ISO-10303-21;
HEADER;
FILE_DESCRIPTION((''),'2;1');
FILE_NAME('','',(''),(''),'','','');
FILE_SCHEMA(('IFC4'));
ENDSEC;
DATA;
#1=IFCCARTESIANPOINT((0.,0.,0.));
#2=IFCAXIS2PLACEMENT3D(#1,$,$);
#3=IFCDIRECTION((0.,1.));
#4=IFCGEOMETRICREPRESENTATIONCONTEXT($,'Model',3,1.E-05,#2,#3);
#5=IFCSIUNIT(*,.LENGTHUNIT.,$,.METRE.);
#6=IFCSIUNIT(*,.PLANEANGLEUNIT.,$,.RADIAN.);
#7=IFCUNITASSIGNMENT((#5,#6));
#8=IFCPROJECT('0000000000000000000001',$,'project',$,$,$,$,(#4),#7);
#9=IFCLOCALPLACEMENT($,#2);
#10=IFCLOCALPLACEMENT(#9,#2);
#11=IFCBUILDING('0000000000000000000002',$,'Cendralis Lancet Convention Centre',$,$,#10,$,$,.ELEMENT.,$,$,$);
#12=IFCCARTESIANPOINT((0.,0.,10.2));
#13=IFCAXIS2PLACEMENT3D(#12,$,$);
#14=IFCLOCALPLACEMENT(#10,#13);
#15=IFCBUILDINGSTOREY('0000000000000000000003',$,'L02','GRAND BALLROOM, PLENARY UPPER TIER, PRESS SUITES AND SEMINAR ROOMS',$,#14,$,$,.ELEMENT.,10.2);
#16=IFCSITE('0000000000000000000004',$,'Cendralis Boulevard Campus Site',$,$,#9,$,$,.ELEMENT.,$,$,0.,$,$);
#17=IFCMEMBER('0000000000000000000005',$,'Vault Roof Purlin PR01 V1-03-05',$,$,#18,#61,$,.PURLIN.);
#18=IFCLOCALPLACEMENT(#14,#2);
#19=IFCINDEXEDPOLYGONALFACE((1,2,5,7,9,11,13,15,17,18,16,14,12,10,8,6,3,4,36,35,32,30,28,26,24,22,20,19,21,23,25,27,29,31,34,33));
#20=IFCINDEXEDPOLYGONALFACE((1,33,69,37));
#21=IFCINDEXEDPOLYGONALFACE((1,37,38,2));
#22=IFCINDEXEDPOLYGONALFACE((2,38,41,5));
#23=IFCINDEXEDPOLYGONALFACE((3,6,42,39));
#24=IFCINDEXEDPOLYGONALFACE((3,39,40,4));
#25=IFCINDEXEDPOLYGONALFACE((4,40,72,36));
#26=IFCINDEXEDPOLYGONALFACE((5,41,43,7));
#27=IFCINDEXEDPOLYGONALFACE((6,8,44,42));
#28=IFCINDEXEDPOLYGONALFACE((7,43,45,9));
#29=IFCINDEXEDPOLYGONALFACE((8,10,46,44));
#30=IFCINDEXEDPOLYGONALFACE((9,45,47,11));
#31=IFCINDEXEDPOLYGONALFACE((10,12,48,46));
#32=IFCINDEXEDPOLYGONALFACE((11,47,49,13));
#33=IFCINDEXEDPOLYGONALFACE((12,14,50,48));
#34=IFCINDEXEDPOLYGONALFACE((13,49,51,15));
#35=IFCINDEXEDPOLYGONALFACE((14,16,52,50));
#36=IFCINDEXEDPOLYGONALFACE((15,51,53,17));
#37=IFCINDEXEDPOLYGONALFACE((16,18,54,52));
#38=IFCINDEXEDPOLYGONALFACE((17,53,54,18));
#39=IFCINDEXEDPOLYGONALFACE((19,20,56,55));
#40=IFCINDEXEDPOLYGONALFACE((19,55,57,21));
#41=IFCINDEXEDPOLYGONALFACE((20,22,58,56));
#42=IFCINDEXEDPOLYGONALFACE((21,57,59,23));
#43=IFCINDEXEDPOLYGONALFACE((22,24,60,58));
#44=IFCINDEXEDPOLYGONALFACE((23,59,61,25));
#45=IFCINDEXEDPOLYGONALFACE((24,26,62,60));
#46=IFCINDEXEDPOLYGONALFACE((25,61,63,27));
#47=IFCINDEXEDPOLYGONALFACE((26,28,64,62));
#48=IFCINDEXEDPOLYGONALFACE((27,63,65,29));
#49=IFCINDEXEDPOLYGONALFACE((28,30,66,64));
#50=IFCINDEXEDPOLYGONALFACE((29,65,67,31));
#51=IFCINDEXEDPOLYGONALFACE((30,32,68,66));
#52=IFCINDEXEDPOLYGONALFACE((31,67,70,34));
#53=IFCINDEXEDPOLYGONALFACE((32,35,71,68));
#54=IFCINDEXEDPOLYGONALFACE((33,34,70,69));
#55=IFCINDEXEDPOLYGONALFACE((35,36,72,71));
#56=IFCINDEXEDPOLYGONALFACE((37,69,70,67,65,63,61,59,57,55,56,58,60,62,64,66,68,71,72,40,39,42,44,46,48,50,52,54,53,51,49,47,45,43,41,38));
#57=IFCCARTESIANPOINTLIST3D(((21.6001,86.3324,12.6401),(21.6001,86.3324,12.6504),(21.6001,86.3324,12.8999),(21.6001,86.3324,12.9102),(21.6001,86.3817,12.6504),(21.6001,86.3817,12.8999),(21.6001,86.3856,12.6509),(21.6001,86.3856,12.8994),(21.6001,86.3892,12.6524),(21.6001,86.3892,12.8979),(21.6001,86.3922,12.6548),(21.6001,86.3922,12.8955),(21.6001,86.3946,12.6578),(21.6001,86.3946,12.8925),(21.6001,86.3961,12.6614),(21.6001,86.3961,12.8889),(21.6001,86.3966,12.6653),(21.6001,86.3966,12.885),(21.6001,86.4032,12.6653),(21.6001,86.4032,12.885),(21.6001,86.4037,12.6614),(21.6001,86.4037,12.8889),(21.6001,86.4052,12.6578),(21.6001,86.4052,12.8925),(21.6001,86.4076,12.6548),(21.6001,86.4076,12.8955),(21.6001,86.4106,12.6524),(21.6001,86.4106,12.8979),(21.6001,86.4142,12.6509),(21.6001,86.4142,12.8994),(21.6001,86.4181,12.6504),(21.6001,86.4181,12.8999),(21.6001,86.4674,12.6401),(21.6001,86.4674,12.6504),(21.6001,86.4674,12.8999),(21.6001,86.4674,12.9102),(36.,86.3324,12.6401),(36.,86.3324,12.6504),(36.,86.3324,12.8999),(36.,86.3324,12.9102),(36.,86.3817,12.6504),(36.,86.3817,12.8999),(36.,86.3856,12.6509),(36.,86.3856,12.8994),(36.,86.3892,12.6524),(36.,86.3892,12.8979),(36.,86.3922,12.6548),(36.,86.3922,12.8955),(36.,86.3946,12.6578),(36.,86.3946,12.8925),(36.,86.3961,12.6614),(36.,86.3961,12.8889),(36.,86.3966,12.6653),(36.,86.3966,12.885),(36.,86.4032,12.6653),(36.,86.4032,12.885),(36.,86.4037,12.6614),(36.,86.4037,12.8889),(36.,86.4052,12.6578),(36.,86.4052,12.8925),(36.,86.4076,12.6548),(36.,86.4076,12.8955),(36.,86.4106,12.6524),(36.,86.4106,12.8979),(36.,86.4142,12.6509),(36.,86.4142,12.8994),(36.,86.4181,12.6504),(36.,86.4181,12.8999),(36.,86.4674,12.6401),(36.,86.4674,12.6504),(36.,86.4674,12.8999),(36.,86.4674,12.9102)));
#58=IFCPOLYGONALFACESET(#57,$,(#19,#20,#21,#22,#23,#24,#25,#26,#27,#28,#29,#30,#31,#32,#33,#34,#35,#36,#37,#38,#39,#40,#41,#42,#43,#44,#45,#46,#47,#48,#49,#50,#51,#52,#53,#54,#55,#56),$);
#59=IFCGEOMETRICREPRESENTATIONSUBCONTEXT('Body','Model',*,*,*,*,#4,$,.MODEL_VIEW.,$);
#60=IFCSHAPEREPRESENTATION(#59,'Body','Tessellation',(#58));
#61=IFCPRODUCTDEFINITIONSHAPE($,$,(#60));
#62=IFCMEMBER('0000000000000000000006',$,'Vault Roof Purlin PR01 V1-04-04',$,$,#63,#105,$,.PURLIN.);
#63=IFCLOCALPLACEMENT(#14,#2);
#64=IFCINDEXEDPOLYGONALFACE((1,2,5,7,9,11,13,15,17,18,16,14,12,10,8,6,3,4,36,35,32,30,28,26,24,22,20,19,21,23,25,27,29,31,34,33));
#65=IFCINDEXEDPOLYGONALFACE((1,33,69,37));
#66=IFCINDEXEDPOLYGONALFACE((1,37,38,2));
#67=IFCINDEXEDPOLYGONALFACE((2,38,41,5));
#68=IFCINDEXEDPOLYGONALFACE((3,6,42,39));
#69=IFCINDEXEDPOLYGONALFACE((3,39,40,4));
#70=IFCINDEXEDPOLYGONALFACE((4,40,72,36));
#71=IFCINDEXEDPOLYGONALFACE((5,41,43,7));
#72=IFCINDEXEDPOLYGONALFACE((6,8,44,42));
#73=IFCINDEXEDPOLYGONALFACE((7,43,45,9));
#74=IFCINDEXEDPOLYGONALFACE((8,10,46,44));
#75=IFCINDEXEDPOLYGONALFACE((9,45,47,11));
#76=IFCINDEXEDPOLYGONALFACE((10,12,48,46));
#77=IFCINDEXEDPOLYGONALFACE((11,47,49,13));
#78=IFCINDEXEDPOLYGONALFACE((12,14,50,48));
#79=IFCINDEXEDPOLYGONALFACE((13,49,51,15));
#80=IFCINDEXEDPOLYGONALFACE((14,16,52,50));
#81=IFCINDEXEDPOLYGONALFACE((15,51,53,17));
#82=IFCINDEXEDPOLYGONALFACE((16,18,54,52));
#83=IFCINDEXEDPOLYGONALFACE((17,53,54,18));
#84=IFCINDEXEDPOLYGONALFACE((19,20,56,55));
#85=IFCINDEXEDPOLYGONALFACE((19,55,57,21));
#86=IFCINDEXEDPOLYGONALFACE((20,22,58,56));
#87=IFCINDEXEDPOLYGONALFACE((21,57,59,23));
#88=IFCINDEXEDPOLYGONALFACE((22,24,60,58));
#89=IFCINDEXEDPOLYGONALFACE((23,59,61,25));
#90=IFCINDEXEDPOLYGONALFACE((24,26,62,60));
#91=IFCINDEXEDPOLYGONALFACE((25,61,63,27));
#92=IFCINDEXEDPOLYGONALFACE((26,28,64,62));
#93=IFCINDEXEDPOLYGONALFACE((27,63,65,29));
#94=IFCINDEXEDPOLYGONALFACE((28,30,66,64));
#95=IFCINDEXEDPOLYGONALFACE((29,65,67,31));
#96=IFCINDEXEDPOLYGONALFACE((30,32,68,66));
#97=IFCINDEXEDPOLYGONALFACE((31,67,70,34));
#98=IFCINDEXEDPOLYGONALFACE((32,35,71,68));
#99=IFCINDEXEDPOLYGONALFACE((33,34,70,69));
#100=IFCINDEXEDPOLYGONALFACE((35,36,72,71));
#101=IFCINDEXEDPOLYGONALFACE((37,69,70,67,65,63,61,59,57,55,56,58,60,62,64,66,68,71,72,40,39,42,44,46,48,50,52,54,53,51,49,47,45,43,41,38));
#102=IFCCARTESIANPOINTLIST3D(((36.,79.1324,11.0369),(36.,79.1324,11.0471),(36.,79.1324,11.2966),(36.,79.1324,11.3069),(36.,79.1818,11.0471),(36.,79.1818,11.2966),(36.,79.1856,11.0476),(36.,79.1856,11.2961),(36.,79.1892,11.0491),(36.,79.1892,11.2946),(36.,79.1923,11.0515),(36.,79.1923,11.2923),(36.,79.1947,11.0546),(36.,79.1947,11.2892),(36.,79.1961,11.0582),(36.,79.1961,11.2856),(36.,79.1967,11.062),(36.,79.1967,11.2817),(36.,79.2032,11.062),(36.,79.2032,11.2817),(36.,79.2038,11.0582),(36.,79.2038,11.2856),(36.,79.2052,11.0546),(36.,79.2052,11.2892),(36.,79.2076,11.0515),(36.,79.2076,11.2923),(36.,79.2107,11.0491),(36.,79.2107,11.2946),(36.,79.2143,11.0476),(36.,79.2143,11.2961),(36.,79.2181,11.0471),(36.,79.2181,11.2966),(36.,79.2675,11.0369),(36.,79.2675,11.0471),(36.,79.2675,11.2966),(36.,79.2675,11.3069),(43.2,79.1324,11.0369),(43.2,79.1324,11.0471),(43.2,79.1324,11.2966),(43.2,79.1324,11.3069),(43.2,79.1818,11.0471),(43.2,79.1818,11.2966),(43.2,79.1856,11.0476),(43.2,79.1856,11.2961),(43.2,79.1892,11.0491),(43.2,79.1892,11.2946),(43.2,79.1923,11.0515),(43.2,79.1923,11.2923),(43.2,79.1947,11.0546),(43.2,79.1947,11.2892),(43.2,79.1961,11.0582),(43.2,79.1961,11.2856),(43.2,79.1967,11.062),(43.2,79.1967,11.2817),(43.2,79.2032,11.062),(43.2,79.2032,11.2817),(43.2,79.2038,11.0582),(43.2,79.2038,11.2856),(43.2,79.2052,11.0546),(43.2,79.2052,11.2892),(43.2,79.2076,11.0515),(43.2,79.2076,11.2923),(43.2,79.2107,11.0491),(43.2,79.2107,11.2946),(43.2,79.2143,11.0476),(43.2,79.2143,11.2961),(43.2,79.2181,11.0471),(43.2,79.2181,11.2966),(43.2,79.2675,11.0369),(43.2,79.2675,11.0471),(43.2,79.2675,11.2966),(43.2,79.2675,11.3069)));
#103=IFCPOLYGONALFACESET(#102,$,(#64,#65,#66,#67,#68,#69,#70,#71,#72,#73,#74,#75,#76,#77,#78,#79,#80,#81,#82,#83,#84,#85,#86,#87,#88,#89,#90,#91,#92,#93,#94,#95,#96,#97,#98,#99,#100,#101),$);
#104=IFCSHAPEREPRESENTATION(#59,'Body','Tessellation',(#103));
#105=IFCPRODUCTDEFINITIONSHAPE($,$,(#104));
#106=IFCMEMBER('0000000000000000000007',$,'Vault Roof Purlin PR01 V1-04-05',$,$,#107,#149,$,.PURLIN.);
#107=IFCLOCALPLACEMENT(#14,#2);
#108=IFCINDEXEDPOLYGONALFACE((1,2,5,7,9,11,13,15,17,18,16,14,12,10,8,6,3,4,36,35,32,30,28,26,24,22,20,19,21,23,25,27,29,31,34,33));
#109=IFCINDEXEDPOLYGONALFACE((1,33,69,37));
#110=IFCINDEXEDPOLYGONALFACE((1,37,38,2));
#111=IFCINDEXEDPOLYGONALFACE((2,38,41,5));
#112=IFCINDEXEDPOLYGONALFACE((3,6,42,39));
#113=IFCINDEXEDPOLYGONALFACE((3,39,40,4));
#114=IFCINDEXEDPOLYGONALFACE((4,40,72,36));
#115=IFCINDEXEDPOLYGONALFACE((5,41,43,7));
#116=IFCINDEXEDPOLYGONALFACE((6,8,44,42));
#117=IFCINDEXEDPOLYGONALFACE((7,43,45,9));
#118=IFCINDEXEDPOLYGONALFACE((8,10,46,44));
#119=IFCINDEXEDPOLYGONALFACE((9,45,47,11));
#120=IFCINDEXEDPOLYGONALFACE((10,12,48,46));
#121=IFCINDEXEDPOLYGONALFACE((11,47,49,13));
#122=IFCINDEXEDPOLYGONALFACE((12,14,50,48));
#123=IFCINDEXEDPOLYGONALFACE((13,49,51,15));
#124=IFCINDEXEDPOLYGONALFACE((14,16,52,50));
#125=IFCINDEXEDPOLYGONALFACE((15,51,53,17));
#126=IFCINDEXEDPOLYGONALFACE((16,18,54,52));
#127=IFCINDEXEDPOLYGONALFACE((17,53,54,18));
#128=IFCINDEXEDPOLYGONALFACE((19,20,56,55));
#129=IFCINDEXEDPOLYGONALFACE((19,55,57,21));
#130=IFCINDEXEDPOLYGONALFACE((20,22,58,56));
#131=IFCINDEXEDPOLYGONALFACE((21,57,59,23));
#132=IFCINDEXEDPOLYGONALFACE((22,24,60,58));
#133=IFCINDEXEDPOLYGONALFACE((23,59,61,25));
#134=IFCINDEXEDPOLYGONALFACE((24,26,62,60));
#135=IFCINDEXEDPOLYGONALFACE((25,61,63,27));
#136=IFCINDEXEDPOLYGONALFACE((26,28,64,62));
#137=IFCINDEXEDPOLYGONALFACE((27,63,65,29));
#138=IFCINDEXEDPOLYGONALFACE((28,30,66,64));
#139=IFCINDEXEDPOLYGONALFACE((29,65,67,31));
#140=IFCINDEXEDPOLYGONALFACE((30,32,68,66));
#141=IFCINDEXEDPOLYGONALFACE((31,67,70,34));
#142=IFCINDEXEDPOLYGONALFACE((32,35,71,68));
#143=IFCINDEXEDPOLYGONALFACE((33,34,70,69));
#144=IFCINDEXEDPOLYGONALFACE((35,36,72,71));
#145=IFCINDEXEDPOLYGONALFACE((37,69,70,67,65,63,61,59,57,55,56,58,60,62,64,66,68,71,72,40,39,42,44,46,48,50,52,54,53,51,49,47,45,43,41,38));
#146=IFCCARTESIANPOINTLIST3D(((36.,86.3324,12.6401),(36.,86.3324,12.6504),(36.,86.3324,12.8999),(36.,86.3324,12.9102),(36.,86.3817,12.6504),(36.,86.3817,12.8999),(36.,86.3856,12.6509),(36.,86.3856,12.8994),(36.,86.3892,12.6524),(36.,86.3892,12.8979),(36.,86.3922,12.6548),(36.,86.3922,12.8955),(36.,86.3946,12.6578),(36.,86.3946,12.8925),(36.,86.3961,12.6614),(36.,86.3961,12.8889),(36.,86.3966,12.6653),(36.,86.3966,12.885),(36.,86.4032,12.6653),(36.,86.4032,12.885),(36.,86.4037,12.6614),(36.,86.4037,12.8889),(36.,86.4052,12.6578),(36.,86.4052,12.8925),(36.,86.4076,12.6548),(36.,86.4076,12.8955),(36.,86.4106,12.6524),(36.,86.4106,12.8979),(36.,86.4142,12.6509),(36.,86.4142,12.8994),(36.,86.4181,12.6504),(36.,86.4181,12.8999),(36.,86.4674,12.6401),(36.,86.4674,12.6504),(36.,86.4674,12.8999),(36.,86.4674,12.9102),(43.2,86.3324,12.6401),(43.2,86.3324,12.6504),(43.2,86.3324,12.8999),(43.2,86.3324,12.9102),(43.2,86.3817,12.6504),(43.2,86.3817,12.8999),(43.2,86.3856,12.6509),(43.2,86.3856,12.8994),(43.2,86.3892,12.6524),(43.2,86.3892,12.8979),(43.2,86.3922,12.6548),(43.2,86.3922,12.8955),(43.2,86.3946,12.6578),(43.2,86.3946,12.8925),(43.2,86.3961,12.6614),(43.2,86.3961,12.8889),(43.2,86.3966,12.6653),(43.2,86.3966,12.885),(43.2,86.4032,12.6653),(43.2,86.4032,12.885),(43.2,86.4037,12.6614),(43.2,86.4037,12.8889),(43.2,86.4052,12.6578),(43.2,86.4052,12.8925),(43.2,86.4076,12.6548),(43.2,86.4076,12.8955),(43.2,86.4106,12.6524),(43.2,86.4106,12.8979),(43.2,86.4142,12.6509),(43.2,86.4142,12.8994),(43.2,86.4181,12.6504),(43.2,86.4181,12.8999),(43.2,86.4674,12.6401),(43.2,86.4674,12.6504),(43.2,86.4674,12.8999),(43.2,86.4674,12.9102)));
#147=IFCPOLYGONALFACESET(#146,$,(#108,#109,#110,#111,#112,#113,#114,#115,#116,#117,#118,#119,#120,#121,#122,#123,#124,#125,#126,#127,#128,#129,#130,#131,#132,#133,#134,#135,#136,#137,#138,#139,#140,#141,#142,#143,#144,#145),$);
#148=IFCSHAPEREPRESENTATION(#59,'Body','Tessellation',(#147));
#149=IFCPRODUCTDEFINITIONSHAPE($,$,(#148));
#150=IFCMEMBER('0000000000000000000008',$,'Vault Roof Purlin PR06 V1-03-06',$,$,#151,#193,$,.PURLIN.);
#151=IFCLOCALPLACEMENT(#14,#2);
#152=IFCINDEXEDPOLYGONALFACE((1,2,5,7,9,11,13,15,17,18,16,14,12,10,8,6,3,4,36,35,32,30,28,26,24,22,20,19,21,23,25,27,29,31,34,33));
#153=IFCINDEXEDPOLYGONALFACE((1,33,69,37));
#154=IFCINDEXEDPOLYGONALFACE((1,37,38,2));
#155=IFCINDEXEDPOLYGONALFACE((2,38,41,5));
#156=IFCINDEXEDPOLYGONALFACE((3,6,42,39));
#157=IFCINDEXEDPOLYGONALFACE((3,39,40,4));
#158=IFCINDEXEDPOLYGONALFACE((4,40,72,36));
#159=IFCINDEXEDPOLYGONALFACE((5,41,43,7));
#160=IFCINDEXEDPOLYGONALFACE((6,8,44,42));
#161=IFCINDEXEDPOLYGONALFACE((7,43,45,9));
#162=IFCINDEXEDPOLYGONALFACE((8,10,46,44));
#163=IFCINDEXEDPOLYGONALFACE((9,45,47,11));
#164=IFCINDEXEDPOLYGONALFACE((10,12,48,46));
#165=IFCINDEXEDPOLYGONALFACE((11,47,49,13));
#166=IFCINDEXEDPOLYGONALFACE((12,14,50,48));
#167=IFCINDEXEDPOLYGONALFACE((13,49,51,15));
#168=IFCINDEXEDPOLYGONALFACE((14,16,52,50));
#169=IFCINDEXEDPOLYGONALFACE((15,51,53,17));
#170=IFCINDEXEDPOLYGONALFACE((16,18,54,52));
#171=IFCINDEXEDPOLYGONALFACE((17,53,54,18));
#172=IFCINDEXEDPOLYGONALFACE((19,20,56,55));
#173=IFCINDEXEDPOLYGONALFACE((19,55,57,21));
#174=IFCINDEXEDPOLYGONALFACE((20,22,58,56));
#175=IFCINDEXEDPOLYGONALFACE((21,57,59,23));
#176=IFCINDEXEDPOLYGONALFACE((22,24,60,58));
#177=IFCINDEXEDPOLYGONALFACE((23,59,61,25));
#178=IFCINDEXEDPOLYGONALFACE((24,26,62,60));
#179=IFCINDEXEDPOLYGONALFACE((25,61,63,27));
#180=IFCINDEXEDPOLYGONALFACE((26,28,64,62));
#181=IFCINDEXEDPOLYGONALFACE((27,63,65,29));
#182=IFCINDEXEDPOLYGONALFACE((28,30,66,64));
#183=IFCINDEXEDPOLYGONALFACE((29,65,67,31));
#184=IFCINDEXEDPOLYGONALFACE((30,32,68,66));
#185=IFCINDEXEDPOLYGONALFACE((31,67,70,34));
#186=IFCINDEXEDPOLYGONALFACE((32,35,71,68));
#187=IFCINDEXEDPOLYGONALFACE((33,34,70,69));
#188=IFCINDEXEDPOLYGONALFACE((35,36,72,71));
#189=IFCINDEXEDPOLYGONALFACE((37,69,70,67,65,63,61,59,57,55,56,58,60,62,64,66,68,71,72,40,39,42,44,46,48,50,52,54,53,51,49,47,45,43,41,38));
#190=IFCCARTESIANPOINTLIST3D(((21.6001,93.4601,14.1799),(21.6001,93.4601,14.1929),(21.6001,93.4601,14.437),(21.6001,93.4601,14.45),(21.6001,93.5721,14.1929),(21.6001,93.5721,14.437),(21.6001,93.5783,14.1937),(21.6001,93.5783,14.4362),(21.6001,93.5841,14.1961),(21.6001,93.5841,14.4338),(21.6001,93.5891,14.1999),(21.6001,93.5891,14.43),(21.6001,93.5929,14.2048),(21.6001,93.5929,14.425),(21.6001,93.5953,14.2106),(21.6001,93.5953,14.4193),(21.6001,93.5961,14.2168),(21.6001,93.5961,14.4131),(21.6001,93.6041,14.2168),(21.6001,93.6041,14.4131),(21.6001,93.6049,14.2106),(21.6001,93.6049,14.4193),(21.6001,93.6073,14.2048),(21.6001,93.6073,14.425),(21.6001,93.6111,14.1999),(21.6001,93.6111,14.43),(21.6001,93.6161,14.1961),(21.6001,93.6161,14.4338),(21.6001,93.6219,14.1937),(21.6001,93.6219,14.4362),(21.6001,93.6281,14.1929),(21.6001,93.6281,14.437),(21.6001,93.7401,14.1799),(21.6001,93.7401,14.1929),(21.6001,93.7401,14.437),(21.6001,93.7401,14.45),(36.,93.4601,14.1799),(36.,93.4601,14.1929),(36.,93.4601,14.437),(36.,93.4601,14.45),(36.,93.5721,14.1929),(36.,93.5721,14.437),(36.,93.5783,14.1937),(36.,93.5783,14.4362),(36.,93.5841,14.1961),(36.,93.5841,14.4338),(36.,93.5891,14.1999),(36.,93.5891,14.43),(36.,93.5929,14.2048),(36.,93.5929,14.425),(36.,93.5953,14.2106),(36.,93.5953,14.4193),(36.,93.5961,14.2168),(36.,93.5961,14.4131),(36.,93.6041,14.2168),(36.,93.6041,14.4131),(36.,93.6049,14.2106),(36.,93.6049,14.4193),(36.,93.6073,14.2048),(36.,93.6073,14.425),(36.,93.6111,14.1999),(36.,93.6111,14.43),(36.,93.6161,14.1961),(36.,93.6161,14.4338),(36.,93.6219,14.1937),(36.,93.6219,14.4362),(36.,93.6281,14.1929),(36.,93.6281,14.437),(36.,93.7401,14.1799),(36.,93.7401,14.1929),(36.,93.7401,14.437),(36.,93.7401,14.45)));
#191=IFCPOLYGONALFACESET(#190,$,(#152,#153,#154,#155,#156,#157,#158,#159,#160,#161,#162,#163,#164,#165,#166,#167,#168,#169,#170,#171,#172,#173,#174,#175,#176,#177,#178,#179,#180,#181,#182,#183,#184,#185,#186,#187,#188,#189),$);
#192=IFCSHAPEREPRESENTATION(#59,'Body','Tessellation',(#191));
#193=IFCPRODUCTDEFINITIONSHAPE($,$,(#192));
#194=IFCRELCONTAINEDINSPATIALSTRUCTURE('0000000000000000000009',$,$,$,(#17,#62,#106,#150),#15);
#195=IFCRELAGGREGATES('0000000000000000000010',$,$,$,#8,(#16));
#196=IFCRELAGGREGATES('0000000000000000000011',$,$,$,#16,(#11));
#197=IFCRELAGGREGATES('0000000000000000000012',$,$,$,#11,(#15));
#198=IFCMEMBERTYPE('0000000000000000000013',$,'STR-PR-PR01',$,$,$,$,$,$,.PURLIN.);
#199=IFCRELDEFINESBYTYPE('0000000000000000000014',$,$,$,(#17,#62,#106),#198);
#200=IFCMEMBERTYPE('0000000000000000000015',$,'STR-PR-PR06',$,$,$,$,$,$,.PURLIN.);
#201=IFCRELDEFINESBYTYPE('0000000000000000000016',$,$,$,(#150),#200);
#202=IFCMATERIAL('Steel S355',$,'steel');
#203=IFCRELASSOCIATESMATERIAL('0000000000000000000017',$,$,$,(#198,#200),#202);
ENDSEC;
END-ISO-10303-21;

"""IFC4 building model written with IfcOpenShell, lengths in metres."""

from ifc_helpers import new_model, si_unit, direction, frame, origin, origin_2d, place, context, subcontext, project, spatial, i_section, extrude, material, material_profile, profile_set, type_object, element, save


model = new_model("IFC4")

# Units and contexts
model_context = context("Model", 3, precision=1e-05, world=origin(), true_north=direction((0.0, 1.0)))
body_context = subcontext(model_context, "Body", "Model", "MODEL_VIEW")
ifc_project = project(units=[si_unit("LENGTHUNIT", "METRE"), si_unit("PLANEANGLEUNIT", "RADIAN")], contexts=[model_context])

# Site, building, storey
site_placement = place(None, origin())
site = spatial("IfcSite", under=ifc_project, at=site_placement, Name="Cendralis Boulevard Campus Site", CompositionType="ELEMENT", RefElevation=0.0)
building_placement = place(site_placement, origin())
building = spatial("IfcBuilding", under=site, at=building_placement, Name="Cendralis Lancet Convention Centre", CompositionType="ELEMENT")
storey_placement = place(building_placement, frame((0.0, 0.0, 10.2)))
storey = spatial("IfcBuildingStorey", under=building, at=storey_placement, Name="L02", Description="GRAND BALLROOM, PLENARY UPPER TIER, PRESS SUITES AND SEMINAR ROOMS", CompositionType="ELEMENT", Elevation=10.2)

# Members
ifc_material = material(Name="Steel S355", Category="steel")
ifc_material_profile_1 = material_profile(ifc_material, i_section(OverallWidth=0.135, OverallDepth=0.27, WebThickness=0.0066, FlangeThickness=0.0103, FilletRadius=0.0149, at=origin_2d()), Name="IPE 270")
ifc_profile_set_1 = profile_set([ifc_material_profile_1], Name="Steel S355")
member_type_1 = type_object("IfcMemberType", Name="STR-PR-PR01", PredefinedType="PURLIN", material=ifc_profile_set_1)
for number, where, z_axis, x_axis, name in (
    (1, (21.6001, 86.3999, 12.7751), (1.0, 0.0, 0.0), (0.0, 1.0, 0.0), "Vault Roof Purlin PR01 V1-03-05"),
):
    element("IfcMember", number, at=place(storey_placement, frame(where, z_axis=z_axis, x_axis=x_axis)), inside=storey, type_object=member_type_1, Name=name, PredefinedType="PURLIN", context=body_context, shape_type="SweptSolid", body=[
        extrude(i_section(OverallWidth=0.135, OverallDepth=0.27, WebThickness=0.0066, FlangeThickness=0.0103, FilletRadius=0.0149, at=origin_2d()), origin(), (0.0, 0.0, 1.0), 14.3999),
    ])
for number, where, z_axis, x_axis, name in (
    (2, (36.0, 79.2, 11.1719), (1.0, 0.0, 0.0), (0.0, 1.0, 0.0), "Vault Roof Purlin PR01 V1-04-04"),
    (3, (36.0, 86.3999, 12.7751), (1.0, 0.0, 0.0), (0.0, 1.0, 0.0), "Vault Roof Purlin PR01 V1-04-05"),
):
    element("IfcMember", number, at=place(storey_placement, frame(where, z_axis=z_axis, x_axis=x_axis)), inside=storey, type_object=member_type_1, Name=name, PredefinedType="PURLIN", context=body_context, shape_type="SweptSolid", body=[
        extrude(i_section(OverallWidth=0.135, OverallDepth=0.27, WebThickness=0.0066, FlangeThickness=0.0103, FilletRadius=0.0149, at=origin_2d()), origin(), (0.0, 0.0, 1.0), 7.2),
    ])
ifc_material_profile_2 = material_profile(ifc_material, i_section(OverallWidth=0.28, OverallDepth=0.27, WebThickness=0.0081, FlangeThickness=0.0129, FilletRadius=0.0239, at=origin_2d()), Name="HEA 280")
ifc_profile_set_2 = profile_set([ifc_material_profile_2], Name="Steel S355")
member_type_2 = type_object("IfcMemberType", Name="STR-PR-PR06", PredefinedType="PURLIN", material=ifc_profile_set_2)
member_1_placement = place(storey_placement, frame((21.6001, 93.6001, 14.3149), z_axis=(1.0, 0.0, 0.0), x_axis=(0.0, 1.0, 0.0)))
element("IfcMember", 4, at=member_1_placement, inside=storey, type_object=member_type_2, Name="Vault Roof Purlin PR06 V1-03-06", PredefinedType="PURLIN", context=body_context, shape_type="SweptSolid", body=[
    extrude(i_section(OverallWidth=0.28, OverallDepth=0.27, WebThickness=0.0081, FlangeThickness=0.0129, FilletRadius=0.0239, at=origin_2d()), origin(), (0.0, 0.0, 1.0), 14.3999),
])

save(model, "model.ifc")
